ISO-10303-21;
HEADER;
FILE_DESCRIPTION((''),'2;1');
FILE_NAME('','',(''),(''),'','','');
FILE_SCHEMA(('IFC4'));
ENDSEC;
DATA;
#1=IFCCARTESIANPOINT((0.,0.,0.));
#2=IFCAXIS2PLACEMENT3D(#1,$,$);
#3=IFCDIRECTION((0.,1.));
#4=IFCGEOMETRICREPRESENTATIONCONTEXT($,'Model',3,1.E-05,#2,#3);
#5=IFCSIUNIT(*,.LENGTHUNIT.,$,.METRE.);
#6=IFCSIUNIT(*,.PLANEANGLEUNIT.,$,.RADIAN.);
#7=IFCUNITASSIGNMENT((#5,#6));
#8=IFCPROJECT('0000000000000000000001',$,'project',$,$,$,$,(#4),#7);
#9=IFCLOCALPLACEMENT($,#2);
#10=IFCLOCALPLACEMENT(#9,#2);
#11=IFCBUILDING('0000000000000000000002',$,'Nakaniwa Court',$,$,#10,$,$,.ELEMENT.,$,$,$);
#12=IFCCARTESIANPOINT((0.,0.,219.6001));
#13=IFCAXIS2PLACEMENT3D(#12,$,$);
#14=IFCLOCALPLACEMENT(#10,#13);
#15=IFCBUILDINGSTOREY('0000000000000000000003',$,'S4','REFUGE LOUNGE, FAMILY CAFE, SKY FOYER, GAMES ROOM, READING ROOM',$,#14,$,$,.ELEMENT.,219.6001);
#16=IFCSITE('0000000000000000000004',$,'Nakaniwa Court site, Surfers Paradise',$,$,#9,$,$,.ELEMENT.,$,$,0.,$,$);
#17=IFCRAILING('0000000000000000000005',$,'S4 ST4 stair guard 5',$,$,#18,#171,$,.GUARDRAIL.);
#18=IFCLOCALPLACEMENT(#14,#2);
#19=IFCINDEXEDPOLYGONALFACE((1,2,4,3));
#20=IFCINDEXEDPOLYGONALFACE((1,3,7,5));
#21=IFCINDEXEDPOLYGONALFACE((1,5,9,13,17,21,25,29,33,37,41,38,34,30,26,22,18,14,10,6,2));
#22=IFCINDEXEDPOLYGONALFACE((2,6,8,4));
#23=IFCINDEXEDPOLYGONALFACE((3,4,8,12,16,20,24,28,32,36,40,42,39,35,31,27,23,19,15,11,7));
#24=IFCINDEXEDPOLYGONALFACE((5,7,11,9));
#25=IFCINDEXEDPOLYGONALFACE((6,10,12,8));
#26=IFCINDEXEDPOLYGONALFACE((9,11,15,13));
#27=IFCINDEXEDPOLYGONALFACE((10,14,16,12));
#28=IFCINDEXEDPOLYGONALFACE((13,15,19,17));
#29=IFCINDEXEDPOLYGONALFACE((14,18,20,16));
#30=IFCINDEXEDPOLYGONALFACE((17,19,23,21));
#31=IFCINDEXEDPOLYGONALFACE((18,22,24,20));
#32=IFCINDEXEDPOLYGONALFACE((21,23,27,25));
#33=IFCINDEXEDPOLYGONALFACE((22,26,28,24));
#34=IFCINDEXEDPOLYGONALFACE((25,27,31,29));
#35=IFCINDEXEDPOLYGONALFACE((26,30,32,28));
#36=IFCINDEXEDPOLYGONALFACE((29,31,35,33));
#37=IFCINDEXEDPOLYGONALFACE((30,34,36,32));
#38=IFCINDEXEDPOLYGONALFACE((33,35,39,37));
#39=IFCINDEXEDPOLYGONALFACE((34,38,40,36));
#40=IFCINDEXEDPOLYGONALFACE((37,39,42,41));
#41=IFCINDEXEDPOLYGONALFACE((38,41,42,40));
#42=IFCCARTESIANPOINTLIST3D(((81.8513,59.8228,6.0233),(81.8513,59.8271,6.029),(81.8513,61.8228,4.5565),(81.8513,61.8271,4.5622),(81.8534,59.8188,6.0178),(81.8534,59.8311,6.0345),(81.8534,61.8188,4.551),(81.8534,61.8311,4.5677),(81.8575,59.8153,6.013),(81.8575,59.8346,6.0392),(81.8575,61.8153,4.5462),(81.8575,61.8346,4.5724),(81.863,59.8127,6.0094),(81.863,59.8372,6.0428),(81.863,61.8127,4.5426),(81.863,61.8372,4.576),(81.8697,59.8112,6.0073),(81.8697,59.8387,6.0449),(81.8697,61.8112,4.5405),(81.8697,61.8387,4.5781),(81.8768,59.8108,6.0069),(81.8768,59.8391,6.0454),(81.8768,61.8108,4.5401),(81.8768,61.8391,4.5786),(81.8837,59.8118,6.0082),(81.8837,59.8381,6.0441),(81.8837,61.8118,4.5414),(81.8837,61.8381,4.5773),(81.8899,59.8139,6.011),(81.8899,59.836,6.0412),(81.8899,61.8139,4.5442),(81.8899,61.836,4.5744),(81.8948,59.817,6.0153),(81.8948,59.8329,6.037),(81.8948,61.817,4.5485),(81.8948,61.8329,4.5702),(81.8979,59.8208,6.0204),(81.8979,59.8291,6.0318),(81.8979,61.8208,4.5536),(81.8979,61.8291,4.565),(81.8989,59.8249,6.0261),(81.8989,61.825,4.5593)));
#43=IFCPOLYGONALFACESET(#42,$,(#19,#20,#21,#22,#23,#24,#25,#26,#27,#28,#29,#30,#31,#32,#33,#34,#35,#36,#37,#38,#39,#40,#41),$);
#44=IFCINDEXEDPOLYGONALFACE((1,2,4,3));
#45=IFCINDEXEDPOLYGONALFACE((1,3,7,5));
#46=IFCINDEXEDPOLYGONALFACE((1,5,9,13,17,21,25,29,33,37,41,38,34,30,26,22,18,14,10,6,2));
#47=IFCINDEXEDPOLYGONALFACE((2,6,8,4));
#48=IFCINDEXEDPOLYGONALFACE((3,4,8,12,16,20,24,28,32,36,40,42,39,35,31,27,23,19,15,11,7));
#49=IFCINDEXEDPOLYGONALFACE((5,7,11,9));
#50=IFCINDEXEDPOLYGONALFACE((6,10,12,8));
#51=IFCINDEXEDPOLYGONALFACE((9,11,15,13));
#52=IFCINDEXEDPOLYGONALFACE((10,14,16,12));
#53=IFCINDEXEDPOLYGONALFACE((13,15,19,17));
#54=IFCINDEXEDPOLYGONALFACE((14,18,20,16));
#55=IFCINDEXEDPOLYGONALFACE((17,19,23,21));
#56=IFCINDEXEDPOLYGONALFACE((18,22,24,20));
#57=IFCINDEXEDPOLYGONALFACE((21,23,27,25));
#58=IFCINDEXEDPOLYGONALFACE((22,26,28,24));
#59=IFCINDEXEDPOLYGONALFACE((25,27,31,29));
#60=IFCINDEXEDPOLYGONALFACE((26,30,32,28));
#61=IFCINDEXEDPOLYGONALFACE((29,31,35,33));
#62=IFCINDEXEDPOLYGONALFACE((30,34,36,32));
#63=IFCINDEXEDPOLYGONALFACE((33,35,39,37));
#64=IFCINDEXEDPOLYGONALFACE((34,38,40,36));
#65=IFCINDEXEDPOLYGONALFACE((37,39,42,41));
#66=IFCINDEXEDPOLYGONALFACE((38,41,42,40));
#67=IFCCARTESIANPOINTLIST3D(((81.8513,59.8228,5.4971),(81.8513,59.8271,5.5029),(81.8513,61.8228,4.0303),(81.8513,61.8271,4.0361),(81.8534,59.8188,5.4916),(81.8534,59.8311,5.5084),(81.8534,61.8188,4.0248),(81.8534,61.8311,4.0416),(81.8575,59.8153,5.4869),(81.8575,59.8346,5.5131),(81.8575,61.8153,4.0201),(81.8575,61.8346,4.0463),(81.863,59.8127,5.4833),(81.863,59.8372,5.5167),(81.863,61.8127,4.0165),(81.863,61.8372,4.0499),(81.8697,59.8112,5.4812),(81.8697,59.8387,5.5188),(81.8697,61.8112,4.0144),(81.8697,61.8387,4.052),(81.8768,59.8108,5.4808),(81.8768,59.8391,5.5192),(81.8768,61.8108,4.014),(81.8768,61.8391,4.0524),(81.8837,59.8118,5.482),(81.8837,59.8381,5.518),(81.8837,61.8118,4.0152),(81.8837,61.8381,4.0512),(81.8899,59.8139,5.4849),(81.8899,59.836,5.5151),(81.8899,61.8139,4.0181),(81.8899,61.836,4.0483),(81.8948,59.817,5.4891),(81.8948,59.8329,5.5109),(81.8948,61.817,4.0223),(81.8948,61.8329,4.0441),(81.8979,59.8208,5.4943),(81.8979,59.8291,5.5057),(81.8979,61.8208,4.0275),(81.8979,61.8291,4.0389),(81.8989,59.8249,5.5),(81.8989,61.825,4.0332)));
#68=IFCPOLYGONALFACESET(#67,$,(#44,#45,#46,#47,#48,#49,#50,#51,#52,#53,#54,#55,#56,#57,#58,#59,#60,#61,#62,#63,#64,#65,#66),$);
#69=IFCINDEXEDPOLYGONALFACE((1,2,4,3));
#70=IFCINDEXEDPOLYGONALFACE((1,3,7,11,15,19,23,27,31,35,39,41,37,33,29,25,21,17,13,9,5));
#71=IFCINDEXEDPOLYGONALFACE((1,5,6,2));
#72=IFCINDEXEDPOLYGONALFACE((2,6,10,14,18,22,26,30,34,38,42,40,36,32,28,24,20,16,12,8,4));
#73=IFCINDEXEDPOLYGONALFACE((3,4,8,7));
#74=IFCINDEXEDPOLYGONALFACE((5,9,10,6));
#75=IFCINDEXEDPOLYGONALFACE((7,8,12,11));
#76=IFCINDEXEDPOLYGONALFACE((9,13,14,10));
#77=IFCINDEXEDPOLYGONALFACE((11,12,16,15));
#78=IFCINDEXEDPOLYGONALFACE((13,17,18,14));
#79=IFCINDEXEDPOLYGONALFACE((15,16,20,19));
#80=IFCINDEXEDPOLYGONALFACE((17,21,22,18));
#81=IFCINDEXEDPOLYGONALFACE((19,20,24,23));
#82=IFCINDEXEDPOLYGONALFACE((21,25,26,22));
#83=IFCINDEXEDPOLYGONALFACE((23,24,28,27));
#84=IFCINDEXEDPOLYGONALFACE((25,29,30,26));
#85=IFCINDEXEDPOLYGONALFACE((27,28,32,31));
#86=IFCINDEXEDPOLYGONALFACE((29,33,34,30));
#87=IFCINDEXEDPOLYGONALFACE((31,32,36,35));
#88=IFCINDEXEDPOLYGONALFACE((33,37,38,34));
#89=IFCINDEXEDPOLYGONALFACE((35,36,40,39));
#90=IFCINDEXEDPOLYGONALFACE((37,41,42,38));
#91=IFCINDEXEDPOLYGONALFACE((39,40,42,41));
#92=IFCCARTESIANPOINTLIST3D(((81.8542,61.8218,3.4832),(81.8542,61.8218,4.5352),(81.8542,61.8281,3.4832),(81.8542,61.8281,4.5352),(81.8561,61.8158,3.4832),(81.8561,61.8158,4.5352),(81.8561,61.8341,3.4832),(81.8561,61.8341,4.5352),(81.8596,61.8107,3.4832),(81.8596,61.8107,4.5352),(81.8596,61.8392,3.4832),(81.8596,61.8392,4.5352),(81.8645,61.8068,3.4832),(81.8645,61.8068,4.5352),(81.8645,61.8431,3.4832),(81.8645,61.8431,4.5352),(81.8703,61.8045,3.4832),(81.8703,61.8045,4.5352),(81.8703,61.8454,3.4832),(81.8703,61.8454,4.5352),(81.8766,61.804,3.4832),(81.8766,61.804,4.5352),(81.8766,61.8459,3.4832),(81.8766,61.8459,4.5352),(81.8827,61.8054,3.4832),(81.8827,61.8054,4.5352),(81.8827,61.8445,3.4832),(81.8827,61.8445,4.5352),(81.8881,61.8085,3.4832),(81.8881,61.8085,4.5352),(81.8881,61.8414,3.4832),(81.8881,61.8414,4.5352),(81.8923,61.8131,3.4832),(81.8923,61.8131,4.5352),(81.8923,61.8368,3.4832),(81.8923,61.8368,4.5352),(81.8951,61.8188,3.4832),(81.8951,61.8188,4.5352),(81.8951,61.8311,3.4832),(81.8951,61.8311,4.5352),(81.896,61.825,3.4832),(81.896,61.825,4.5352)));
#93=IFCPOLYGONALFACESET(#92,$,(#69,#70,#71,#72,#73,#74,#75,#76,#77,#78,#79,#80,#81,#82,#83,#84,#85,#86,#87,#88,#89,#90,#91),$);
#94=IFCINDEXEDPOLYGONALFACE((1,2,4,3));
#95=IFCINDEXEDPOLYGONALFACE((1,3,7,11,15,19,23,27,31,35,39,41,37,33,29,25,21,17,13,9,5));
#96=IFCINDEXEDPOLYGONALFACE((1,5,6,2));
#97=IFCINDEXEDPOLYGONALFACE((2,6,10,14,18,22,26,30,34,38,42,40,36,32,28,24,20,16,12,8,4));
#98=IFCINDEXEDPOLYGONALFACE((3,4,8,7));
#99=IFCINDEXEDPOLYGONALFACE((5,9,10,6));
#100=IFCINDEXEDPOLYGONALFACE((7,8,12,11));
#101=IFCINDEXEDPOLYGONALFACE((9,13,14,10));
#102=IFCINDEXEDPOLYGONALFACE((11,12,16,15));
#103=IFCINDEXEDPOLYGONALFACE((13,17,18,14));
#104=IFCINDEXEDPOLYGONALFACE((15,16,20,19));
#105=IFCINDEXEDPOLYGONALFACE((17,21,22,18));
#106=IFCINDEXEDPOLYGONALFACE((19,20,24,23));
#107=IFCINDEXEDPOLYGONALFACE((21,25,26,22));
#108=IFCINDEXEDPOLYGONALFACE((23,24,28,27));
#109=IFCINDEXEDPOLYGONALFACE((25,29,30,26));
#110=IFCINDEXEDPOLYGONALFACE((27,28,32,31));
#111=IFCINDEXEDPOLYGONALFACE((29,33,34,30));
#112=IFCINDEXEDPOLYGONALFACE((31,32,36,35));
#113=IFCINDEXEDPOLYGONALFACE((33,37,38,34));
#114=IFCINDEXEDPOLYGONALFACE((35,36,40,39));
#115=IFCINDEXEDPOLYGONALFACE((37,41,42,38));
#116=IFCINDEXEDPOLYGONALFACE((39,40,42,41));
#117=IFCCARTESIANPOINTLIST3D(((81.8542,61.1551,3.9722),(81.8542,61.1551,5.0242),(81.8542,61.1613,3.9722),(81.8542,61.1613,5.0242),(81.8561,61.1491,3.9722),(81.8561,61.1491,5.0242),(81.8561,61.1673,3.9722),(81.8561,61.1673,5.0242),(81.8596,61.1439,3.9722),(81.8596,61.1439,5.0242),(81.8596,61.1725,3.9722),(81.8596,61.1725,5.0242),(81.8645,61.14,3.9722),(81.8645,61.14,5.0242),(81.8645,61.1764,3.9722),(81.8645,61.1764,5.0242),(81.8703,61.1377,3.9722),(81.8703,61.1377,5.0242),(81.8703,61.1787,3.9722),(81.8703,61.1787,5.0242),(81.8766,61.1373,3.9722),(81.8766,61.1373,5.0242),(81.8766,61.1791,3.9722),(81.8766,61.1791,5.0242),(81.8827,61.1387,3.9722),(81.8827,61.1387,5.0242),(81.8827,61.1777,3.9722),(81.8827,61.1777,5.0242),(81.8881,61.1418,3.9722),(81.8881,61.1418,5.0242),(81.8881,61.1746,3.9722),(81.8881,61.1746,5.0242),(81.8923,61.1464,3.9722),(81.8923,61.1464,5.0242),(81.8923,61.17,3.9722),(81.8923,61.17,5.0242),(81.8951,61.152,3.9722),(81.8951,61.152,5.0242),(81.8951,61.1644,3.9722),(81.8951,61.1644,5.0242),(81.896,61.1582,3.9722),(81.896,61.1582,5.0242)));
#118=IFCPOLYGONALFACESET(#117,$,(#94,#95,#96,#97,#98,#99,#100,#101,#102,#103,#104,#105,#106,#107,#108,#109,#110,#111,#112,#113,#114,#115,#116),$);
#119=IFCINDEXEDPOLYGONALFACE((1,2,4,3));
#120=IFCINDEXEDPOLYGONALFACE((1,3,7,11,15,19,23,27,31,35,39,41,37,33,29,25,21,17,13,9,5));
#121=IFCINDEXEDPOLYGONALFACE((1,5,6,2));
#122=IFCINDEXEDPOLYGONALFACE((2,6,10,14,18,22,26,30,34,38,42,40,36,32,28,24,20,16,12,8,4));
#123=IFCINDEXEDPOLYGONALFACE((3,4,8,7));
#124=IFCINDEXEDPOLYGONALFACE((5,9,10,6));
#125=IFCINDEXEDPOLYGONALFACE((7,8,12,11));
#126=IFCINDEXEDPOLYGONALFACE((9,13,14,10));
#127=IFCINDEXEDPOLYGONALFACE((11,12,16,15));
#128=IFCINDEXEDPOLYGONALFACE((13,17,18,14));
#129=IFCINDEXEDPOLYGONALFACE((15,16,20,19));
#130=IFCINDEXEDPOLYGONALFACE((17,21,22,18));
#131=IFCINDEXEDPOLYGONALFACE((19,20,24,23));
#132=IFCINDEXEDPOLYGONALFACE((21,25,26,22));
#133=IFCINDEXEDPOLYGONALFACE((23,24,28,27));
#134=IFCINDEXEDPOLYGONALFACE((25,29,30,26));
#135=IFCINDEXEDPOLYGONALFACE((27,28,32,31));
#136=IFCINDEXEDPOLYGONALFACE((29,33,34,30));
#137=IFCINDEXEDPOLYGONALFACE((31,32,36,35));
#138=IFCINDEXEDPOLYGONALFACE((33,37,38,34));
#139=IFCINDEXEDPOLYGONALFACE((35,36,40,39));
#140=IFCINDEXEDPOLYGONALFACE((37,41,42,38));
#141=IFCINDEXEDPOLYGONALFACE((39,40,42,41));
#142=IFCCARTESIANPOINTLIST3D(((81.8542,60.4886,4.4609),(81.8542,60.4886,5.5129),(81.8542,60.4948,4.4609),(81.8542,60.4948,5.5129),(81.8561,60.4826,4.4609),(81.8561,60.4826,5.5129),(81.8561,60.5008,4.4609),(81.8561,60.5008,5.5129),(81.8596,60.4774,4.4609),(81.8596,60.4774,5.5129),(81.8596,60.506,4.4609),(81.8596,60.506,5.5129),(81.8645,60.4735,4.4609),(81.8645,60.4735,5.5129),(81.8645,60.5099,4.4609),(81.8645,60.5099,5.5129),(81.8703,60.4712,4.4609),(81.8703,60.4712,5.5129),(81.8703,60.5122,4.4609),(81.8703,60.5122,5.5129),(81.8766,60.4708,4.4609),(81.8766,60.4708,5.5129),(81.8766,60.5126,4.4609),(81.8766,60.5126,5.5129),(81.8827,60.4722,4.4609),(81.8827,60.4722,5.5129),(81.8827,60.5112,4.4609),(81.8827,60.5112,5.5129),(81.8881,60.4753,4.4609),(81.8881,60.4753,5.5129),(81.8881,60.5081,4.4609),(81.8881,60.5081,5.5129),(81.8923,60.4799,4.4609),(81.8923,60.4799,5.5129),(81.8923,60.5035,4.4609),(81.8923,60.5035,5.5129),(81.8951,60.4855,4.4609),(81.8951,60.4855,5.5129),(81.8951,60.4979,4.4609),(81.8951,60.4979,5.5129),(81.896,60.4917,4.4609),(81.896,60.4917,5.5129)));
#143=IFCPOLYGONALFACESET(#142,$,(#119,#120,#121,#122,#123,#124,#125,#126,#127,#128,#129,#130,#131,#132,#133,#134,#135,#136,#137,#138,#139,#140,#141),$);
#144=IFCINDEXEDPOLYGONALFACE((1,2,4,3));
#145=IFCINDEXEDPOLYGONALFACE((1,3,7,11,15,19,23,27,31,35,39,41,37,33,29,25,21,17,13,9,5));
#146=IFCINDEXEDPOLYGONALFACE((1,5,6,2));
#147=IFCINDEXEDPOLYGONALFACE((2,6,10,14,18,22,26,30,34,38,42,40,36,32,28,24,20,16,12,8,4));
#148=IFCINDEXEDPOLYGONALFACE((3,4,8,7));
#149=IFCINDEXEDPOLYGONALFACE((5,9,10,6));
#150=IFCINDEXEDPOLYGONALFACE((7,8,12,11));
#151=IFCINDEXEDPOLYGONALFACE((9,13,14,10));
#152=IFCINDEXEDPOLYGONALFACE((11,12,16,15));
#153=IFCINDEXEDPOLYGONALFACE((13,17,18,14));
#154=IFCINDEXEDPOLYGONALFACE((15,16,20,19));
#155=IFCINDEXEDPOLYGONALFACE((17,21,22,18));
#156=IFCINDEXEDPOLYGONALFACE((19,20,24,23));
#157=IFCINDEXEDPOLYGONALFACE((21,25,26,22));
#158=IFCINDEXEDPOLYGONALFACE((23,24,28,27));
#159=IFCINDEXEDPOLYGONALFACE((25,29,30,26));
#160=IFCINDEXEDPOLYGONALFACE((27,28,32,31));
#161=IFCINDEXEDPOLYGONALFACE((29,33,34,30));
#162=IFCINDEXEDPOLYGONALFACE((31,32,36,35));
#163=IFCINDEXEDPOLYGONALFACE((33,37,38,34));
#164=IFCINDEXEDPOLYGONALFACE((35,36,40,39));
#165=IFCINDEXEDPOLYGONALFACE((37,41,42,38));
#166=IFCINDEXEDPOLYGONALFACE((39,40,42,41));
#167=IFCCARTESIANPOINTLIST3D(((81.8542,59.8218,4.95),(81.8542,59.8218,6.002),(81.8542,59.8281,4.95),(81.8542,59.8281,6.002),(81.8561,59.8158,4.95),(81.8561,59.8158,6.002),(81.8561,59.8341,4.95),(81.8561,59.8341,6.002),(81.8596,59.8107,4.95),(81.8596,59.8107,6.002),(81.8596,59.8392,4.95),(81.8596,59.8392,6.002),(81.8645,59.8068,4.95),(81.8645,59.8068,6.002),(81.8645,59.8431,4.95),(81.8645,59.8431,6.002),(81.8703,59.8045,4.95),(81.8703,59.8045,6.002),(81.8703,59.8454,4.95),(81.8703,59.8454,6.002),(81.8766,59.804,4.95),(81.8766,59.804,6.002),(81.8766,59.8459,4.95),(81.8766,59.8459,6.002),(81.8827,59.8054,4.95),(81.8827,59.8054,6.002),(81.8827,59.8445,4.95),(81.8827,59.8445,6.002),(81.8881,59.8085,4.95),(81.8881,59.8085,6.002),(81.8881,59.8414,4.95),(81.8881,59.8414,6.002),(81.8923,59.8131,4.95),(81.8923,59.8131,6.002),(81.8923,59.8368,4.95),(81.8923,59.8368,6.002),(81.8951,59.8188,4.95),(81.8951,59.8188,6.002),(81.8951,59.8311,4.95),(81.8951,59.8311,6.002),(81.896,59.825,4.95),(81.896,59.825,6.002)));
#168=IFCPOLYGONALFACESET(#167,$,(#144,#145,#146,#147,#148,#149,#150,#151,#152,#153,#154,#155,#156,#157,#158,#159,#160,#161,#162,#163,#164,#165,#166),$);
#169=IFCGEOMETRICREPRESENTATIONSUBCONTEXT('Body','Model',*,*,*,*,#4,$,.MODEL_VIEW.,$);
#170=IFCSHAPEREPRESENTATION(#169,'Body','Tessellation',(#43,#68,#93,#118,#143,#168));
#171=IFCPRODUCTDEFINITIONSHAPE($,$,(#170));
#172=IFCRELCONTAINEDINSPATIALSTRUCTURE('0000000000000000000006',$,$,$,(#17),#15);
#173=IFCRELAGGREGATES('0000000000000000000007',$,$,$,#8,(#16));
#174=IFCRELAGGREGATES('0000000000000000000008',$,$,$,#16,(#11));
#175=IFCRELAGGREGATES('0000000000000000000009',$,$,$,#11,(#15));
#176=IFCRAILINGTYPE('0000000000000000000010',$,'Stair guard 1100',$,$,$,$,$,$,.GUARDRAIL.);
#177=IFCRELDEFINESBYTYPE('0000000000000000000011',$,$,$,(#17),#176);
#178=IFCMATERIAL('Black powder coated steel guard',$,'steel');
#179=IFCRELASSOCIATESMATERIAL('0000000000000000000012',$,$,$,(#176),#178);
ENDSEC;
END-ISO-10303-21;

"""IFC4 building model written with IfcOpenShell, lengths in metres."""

from ifc_helpers import new_model, si_unit, direction, frame, origin, origin_2d, place, context, subcontext, project, spatial, circle, extrude, material, type_object, element, save


model = new_model("IFC4")

# Units and contexts
model_context = context("Model", 3, precision=1e-05, world=origin(), true_north=direction((0.0, 1.0)))
body_context = subcontext(model_context, "Body", "Model", "MODEL_VIEW")
ifc_project = project(units=[si_unit("LENGTHUNIT", "METRE"), si_unit("PLANEANGLEUNIT", "RADIAN")], contexts=[model_context])

# Site, building, storey
site_placement = place(None, origin())
site = spatial("IfcSite", under=ifc_project, at=site_placement, Name="Nakaniwa Court site, Surfers Paradise", CompositionType="ELEMENT", RefElevation=0.0)
building_placement = place(site_placement, origin())
building = spatial("IfcBuilding", under=site, at=building_placement, Name="Nakaniwa Court", CompositionType="ELEMENT")
storey_placement = place(building_placement, frame((0.0, 0.0, 219.6001)))
storey = spatial("IfcBuildingStorey", under=building, at=storey_placement, Name="S4", Description="REFUGE LOUNGE, FAMILY CAFE, SKY FOYER, GAMES ROOM, READING ROOM", CompositionType="ELEMENT", Elevation=219.6001)

# Railing
ifc_material_1 = material(Name="Black powder coated steel guard", Category="steel")
railing_type_1 = type_object("IfcRailingType", Name="Stair guard 1100", PredefinedType="GUARDRAIL", material=ifc_material_1)
railing_1_placement = place(storey_placement, frame((81.875, 61.825, 3.4832)))
element("IfcRailing", 1, at=railing_1_placement, inside=storey, type_object=railing_type_1, Name="S4 ST4 stair guard 5", PredefinedType="GUARDRAIL", context=body_context, shape_type="SweptSolid", body=[
    extrude(circle(Radius=0.0239, at=origin_2d()), frame((0.0, 0.0, 1.0762), z_axis=(0.0, -0.80638, 0.591398), x_axis=(1.0, 0.0, 0.0)), (0.0, 0.0, 1.0), 2.4802),
    extrude(circle(Radius=0.0239, at=origin_2d()), frame((0.0, 0.0, 0.55), z_axis=(0.0, -0.80638, 0.591398), x_axis=(1.0, 0.0, 0.0)), (0.0, 0.0, 1.0), 2.4802),
    extrude(circle(Radius=0.021, at=origin_2d()), origin(), (0.0, 0.0, 1.0), 1.052),
    extrude(circle(Radius=0.021, at=origin_2d()), frame((0.0, -0.6667, 0.489)), (0.0, 0.0, 1.0), 1.052),
    extrude(circle(Radius=0.021, at=origin_2d()), frame((0.0, -1.3333, 0.9778)), (0.0, 0.0, 1.0), 1.052),
    extrude(circle(Radius=0.021, at=origin_2d()), frame((0.0, -2.0, 1.4668)), (0.0, 0.0, 1.0), 1.052),
])

save(model, "model.ifc")
